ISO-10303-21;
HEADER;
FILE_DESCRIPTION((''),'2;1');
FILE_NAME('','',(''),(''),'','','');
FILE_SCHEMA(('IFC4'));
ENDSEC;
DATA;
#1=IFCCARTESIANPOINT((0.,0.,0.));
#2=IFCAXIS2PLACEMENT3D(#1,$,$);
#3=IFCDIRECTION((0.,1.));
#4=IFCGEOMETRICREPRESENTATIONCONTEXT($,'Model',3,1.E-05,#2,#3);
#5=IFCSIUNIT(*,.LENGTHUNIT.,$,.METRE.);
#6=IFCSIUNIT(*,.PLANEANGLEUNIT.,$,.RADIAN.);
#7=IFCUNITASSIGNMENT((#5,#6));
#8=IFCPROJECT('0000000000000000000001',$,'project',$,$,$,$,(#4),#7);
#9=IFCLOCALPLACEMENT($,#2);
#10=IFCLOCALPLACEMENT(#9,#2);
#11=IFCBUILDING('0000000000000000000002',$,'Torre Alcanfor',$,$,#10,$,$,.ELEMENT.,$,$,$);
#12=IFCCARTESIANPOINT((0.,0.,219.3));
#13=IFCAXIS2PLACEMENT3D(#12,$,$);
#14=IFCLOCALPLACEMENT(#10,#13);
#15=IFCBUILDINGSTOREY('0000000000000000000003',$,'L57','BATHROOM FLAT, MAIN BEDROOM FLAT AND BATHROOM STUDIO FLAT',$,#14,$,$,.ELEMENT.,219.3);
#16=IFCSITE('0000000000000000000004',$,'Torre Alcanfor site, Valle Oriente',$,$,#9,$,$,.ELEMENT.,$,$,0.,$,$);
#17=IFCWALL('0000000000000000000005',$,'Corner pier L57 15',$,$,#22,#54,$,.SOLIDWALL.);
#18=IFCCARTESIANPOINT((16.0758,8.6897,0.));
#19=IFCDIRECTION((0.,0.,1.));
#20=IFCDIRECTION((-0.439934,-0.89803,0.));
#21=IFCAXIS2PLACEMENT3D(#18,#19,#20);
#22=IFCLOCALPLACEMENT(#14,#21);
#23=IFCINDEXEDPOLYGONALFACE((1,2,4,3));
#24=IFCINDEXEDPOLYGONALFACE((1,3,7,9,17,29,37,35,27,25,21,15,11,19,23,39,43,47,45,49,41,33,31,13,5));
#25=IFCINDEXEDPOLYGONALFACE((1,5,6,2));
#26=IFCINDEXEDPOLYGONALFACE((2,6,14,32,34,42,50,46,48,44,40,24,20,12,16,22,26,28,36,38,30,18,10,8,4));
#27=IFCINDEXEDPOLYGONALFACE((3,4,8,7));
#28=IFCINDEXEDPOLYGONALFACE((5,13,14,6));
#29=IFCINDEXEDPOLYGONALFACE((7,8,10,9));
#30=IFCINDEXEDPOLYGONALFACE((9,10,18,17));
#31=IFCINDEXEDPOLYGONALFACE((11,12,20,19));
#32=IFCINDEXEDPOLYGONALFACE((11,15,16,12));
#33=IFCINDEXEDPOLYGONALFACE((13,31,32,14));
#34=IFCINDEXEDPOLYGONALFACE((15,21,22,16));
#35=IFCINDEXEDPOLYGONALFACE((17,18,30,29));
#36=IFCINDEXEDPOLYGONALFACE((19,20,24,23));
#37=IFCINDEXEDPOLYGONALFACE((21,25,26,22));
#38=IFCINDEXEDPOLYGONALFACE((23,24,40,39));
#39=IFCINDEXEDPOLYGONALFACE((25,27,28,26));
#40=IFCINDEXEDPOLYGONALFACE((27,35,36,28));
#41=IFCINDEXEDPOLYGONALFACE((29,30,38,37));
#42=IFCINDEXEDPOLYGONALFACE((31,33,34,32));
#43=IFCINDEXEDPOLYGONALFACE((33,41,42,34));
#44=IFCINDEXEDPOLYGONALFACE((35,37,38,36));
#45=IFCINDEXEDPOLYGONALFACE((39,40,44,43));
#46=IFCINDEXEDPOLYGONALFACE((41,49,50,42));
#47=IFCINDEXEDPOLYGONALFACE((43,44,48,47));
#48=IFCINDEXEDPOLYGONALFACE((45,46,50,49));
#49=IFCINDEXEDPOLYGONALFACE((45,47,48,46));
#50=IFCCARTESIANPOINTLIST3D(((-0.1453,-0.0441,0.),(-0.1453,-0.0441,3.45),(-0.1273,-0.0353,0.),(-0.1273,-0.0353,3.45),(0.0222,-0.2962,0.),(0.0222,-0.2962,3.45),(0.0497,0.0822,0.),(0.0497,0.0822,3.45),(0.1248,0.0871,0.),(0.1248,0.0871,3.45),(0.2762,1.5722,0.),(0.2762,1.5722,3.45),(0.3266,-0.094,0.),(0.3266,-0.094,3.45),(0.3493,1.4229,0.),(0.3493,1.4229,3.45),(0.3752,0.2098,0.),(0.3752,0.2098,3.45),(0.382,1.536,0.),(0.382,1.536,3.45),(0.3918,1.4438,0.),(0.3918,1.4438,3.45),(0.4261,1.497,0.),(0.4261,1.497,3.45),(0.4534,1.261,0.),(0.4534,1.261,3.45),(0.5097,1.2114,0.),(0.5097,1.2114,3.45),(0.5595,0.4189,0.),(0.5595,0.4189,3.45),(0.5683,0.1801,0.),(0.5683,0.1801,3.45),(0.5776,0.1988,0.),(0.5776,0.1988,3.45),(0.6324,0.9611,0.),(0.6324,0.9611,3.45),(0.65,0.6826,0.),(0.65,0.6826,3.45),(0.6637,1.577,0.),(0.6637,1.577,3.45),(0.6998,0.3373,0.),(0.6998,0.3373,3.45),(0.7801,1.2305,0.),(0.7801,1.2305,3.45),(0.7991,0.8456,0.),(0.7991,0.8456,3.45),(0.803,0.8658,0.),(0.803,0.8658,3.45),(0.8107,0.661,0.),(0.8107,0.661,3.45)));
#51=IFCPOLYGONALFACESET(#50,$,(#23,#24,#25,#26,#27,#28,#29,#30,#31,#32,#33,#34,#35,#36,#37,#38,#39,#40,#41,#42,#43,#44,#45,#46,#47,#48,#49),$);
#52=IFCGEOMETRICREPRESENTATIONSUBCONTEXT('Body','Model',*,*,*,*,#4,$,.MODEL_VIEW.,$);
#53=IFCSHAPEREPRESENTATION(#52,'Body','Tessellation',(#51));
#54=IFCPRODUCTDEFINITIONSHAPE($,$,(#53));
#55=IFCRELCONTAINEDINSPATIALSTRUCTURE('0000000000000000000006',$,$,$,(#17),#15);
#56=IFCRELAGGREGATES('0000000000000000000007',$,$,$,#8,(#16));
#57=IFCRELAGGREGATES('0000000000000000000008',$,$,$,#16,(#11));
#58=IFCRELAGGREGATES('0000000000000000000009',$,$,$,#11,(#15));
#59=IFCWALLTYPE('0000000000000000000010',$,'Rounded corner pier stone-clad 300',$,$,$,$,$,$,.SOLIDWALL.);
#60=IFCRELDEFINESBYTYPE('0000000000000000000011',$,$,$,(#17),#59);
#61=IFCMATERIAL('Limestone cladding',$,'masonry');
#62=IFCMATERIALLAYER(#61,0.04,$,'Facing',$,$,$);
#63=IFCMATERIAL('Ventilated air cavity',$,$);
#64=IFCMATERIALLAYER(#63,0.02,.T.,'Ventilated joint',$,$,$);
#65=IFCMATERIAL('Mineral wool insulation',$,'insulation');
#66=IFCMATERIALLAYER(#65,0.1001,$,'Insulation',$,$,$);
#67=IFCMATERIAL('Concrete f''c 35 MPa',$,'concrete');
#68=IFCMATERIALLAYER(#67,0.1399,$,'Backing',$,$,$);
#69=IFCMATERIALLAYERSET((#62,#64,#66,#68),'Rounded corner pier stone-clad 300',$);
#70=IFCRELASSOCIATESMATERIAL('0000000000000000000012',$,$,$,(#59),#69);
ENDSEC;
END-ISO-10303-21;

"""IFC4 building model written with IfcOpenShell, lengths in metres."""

from ifc_helpers import new_model, si_unit, direction, frame, origin, place, context, subcontext, project, spatial, polyline, outline, extrude, material, layer, layer_set, type_object, element, save


model = new_model("IFC4")

# Units and contexts
model_context = context("Model", 3, precision=1e-05, world=origin(), true_north=direction((0.0, 1.0)))
body_context = subcontext(model_context, "Body", "Model", "MODEL_VIEW")
ifc_project = project(units=[si_unit("LENGTHUNIT", "METRE"), si_unit("PLANEANGLEUNIT", "RADIAN")], contexts=[model_context])

# Site, building, storey
site_placement = place(None, origin())
site = spatial("IfcSite", under=ifc_project, at=site_placement, Name="Torre Alcanfor site, Valle Oriente", CompositionType="ELEMENT", RefElevation=0.0)
building_placement = place(site_placement, origin())
building = spatial("IfcBuilding", under=site, at=building_placement, Name="Torre Alcanfor", CompositionType="ELEMENT")
storey_placement = place(building_placement, frame((0.0, 0.0, 219.3)))
storey = spatial("IfcBuildingStorey", under=building, at=storey_placement, Name="L57", Description="BATHROOM FLAT, MAIN BEDROOM FLAT AND BATHROOM STUDIO FLAT", CompositionType="ELEMENT", Elevation=219.3)

# Shared definitions
ifc_material_1 = material(Name="Limestone cladding", Category="masonry")
ifc_material_2 = material(Name="Ventilated air cavity")
ifc_material_3 = material(Name="Mineral wool insulation", Category="insulation")
ifc_material_4 = material(Name="Concrete f'c 35 MPa", Category="concrete")

# Wall
ifc_layer_1 = layer(ifc_material_1, 0.04, Name="Facing")
ifc_layer_2 = layer(ifc_material_2, 0.02, ventilated=True, Name="Ventilated joint")
ifc_layer_3 = layer(ifc_material_3, 0.1001, Name="Insulation")
ifc_layer_4 = layer(ifc_material_4, 0.1399, Name="Backing")
ifc_layer_set_1 = layer_set([ifc_layer_1, ifc_layer_2, ifc_layer_3, ifc_layer_4], Name="Rounded corner pier stone-clad 300")
wall_type_1 = type_object("IfcWallType", Name="Rounded corner pier stone-clad 300", PredefinedType="SOLIDWALL", material=ifc_layer_set_1)
wall_1_placement = place(storey_placement, frame((16.0758, 8.6897, 0.0), z_axis=(0.0, 0.0, 1.0), x_axis=(-0.439934, -0.89803, 0.0)))
element("IfcWall", 1, at=wall_1_placement, inside=storey, type_object=wall_type_1, Name="Corner pier L57 15", PredefinedType="SOLIDWALL", context=body_context, shape_type="SweptSolid", body=[
    extrude(outline(polyline([(0.6637, 1.577), (0.4261, 1.497), (0.382, 1.536), (0.2762, 1.5722), (0.3493, 1.4229), (0.3918, 1.4438), (0.4534, 1.261), (0.5097, 1.2114), (0.6324, 0.9611), (0.65, 0.6826), (0.5595, 0.4189), (0.3752, 0.2098), (0.1248, 0.0871), (0.0497, 0.0822), (-0.1273, -0.0353), (-0.1453, -0.0441), (0.0222, -0.2962), (0.3266, -0.094), (0.5683, 0.1801), (0.5776, 0.1988), (0.6998, 0.3373), (0.8107, 0.661), (0.7991, 0.8456), (0.803, 0.8658), (0.7801, 1.2305), (0.6637, 1.577)])), origin(), (0.0, 0.0, 1.0), 3.45),
])

save(model, "model.ifc")
